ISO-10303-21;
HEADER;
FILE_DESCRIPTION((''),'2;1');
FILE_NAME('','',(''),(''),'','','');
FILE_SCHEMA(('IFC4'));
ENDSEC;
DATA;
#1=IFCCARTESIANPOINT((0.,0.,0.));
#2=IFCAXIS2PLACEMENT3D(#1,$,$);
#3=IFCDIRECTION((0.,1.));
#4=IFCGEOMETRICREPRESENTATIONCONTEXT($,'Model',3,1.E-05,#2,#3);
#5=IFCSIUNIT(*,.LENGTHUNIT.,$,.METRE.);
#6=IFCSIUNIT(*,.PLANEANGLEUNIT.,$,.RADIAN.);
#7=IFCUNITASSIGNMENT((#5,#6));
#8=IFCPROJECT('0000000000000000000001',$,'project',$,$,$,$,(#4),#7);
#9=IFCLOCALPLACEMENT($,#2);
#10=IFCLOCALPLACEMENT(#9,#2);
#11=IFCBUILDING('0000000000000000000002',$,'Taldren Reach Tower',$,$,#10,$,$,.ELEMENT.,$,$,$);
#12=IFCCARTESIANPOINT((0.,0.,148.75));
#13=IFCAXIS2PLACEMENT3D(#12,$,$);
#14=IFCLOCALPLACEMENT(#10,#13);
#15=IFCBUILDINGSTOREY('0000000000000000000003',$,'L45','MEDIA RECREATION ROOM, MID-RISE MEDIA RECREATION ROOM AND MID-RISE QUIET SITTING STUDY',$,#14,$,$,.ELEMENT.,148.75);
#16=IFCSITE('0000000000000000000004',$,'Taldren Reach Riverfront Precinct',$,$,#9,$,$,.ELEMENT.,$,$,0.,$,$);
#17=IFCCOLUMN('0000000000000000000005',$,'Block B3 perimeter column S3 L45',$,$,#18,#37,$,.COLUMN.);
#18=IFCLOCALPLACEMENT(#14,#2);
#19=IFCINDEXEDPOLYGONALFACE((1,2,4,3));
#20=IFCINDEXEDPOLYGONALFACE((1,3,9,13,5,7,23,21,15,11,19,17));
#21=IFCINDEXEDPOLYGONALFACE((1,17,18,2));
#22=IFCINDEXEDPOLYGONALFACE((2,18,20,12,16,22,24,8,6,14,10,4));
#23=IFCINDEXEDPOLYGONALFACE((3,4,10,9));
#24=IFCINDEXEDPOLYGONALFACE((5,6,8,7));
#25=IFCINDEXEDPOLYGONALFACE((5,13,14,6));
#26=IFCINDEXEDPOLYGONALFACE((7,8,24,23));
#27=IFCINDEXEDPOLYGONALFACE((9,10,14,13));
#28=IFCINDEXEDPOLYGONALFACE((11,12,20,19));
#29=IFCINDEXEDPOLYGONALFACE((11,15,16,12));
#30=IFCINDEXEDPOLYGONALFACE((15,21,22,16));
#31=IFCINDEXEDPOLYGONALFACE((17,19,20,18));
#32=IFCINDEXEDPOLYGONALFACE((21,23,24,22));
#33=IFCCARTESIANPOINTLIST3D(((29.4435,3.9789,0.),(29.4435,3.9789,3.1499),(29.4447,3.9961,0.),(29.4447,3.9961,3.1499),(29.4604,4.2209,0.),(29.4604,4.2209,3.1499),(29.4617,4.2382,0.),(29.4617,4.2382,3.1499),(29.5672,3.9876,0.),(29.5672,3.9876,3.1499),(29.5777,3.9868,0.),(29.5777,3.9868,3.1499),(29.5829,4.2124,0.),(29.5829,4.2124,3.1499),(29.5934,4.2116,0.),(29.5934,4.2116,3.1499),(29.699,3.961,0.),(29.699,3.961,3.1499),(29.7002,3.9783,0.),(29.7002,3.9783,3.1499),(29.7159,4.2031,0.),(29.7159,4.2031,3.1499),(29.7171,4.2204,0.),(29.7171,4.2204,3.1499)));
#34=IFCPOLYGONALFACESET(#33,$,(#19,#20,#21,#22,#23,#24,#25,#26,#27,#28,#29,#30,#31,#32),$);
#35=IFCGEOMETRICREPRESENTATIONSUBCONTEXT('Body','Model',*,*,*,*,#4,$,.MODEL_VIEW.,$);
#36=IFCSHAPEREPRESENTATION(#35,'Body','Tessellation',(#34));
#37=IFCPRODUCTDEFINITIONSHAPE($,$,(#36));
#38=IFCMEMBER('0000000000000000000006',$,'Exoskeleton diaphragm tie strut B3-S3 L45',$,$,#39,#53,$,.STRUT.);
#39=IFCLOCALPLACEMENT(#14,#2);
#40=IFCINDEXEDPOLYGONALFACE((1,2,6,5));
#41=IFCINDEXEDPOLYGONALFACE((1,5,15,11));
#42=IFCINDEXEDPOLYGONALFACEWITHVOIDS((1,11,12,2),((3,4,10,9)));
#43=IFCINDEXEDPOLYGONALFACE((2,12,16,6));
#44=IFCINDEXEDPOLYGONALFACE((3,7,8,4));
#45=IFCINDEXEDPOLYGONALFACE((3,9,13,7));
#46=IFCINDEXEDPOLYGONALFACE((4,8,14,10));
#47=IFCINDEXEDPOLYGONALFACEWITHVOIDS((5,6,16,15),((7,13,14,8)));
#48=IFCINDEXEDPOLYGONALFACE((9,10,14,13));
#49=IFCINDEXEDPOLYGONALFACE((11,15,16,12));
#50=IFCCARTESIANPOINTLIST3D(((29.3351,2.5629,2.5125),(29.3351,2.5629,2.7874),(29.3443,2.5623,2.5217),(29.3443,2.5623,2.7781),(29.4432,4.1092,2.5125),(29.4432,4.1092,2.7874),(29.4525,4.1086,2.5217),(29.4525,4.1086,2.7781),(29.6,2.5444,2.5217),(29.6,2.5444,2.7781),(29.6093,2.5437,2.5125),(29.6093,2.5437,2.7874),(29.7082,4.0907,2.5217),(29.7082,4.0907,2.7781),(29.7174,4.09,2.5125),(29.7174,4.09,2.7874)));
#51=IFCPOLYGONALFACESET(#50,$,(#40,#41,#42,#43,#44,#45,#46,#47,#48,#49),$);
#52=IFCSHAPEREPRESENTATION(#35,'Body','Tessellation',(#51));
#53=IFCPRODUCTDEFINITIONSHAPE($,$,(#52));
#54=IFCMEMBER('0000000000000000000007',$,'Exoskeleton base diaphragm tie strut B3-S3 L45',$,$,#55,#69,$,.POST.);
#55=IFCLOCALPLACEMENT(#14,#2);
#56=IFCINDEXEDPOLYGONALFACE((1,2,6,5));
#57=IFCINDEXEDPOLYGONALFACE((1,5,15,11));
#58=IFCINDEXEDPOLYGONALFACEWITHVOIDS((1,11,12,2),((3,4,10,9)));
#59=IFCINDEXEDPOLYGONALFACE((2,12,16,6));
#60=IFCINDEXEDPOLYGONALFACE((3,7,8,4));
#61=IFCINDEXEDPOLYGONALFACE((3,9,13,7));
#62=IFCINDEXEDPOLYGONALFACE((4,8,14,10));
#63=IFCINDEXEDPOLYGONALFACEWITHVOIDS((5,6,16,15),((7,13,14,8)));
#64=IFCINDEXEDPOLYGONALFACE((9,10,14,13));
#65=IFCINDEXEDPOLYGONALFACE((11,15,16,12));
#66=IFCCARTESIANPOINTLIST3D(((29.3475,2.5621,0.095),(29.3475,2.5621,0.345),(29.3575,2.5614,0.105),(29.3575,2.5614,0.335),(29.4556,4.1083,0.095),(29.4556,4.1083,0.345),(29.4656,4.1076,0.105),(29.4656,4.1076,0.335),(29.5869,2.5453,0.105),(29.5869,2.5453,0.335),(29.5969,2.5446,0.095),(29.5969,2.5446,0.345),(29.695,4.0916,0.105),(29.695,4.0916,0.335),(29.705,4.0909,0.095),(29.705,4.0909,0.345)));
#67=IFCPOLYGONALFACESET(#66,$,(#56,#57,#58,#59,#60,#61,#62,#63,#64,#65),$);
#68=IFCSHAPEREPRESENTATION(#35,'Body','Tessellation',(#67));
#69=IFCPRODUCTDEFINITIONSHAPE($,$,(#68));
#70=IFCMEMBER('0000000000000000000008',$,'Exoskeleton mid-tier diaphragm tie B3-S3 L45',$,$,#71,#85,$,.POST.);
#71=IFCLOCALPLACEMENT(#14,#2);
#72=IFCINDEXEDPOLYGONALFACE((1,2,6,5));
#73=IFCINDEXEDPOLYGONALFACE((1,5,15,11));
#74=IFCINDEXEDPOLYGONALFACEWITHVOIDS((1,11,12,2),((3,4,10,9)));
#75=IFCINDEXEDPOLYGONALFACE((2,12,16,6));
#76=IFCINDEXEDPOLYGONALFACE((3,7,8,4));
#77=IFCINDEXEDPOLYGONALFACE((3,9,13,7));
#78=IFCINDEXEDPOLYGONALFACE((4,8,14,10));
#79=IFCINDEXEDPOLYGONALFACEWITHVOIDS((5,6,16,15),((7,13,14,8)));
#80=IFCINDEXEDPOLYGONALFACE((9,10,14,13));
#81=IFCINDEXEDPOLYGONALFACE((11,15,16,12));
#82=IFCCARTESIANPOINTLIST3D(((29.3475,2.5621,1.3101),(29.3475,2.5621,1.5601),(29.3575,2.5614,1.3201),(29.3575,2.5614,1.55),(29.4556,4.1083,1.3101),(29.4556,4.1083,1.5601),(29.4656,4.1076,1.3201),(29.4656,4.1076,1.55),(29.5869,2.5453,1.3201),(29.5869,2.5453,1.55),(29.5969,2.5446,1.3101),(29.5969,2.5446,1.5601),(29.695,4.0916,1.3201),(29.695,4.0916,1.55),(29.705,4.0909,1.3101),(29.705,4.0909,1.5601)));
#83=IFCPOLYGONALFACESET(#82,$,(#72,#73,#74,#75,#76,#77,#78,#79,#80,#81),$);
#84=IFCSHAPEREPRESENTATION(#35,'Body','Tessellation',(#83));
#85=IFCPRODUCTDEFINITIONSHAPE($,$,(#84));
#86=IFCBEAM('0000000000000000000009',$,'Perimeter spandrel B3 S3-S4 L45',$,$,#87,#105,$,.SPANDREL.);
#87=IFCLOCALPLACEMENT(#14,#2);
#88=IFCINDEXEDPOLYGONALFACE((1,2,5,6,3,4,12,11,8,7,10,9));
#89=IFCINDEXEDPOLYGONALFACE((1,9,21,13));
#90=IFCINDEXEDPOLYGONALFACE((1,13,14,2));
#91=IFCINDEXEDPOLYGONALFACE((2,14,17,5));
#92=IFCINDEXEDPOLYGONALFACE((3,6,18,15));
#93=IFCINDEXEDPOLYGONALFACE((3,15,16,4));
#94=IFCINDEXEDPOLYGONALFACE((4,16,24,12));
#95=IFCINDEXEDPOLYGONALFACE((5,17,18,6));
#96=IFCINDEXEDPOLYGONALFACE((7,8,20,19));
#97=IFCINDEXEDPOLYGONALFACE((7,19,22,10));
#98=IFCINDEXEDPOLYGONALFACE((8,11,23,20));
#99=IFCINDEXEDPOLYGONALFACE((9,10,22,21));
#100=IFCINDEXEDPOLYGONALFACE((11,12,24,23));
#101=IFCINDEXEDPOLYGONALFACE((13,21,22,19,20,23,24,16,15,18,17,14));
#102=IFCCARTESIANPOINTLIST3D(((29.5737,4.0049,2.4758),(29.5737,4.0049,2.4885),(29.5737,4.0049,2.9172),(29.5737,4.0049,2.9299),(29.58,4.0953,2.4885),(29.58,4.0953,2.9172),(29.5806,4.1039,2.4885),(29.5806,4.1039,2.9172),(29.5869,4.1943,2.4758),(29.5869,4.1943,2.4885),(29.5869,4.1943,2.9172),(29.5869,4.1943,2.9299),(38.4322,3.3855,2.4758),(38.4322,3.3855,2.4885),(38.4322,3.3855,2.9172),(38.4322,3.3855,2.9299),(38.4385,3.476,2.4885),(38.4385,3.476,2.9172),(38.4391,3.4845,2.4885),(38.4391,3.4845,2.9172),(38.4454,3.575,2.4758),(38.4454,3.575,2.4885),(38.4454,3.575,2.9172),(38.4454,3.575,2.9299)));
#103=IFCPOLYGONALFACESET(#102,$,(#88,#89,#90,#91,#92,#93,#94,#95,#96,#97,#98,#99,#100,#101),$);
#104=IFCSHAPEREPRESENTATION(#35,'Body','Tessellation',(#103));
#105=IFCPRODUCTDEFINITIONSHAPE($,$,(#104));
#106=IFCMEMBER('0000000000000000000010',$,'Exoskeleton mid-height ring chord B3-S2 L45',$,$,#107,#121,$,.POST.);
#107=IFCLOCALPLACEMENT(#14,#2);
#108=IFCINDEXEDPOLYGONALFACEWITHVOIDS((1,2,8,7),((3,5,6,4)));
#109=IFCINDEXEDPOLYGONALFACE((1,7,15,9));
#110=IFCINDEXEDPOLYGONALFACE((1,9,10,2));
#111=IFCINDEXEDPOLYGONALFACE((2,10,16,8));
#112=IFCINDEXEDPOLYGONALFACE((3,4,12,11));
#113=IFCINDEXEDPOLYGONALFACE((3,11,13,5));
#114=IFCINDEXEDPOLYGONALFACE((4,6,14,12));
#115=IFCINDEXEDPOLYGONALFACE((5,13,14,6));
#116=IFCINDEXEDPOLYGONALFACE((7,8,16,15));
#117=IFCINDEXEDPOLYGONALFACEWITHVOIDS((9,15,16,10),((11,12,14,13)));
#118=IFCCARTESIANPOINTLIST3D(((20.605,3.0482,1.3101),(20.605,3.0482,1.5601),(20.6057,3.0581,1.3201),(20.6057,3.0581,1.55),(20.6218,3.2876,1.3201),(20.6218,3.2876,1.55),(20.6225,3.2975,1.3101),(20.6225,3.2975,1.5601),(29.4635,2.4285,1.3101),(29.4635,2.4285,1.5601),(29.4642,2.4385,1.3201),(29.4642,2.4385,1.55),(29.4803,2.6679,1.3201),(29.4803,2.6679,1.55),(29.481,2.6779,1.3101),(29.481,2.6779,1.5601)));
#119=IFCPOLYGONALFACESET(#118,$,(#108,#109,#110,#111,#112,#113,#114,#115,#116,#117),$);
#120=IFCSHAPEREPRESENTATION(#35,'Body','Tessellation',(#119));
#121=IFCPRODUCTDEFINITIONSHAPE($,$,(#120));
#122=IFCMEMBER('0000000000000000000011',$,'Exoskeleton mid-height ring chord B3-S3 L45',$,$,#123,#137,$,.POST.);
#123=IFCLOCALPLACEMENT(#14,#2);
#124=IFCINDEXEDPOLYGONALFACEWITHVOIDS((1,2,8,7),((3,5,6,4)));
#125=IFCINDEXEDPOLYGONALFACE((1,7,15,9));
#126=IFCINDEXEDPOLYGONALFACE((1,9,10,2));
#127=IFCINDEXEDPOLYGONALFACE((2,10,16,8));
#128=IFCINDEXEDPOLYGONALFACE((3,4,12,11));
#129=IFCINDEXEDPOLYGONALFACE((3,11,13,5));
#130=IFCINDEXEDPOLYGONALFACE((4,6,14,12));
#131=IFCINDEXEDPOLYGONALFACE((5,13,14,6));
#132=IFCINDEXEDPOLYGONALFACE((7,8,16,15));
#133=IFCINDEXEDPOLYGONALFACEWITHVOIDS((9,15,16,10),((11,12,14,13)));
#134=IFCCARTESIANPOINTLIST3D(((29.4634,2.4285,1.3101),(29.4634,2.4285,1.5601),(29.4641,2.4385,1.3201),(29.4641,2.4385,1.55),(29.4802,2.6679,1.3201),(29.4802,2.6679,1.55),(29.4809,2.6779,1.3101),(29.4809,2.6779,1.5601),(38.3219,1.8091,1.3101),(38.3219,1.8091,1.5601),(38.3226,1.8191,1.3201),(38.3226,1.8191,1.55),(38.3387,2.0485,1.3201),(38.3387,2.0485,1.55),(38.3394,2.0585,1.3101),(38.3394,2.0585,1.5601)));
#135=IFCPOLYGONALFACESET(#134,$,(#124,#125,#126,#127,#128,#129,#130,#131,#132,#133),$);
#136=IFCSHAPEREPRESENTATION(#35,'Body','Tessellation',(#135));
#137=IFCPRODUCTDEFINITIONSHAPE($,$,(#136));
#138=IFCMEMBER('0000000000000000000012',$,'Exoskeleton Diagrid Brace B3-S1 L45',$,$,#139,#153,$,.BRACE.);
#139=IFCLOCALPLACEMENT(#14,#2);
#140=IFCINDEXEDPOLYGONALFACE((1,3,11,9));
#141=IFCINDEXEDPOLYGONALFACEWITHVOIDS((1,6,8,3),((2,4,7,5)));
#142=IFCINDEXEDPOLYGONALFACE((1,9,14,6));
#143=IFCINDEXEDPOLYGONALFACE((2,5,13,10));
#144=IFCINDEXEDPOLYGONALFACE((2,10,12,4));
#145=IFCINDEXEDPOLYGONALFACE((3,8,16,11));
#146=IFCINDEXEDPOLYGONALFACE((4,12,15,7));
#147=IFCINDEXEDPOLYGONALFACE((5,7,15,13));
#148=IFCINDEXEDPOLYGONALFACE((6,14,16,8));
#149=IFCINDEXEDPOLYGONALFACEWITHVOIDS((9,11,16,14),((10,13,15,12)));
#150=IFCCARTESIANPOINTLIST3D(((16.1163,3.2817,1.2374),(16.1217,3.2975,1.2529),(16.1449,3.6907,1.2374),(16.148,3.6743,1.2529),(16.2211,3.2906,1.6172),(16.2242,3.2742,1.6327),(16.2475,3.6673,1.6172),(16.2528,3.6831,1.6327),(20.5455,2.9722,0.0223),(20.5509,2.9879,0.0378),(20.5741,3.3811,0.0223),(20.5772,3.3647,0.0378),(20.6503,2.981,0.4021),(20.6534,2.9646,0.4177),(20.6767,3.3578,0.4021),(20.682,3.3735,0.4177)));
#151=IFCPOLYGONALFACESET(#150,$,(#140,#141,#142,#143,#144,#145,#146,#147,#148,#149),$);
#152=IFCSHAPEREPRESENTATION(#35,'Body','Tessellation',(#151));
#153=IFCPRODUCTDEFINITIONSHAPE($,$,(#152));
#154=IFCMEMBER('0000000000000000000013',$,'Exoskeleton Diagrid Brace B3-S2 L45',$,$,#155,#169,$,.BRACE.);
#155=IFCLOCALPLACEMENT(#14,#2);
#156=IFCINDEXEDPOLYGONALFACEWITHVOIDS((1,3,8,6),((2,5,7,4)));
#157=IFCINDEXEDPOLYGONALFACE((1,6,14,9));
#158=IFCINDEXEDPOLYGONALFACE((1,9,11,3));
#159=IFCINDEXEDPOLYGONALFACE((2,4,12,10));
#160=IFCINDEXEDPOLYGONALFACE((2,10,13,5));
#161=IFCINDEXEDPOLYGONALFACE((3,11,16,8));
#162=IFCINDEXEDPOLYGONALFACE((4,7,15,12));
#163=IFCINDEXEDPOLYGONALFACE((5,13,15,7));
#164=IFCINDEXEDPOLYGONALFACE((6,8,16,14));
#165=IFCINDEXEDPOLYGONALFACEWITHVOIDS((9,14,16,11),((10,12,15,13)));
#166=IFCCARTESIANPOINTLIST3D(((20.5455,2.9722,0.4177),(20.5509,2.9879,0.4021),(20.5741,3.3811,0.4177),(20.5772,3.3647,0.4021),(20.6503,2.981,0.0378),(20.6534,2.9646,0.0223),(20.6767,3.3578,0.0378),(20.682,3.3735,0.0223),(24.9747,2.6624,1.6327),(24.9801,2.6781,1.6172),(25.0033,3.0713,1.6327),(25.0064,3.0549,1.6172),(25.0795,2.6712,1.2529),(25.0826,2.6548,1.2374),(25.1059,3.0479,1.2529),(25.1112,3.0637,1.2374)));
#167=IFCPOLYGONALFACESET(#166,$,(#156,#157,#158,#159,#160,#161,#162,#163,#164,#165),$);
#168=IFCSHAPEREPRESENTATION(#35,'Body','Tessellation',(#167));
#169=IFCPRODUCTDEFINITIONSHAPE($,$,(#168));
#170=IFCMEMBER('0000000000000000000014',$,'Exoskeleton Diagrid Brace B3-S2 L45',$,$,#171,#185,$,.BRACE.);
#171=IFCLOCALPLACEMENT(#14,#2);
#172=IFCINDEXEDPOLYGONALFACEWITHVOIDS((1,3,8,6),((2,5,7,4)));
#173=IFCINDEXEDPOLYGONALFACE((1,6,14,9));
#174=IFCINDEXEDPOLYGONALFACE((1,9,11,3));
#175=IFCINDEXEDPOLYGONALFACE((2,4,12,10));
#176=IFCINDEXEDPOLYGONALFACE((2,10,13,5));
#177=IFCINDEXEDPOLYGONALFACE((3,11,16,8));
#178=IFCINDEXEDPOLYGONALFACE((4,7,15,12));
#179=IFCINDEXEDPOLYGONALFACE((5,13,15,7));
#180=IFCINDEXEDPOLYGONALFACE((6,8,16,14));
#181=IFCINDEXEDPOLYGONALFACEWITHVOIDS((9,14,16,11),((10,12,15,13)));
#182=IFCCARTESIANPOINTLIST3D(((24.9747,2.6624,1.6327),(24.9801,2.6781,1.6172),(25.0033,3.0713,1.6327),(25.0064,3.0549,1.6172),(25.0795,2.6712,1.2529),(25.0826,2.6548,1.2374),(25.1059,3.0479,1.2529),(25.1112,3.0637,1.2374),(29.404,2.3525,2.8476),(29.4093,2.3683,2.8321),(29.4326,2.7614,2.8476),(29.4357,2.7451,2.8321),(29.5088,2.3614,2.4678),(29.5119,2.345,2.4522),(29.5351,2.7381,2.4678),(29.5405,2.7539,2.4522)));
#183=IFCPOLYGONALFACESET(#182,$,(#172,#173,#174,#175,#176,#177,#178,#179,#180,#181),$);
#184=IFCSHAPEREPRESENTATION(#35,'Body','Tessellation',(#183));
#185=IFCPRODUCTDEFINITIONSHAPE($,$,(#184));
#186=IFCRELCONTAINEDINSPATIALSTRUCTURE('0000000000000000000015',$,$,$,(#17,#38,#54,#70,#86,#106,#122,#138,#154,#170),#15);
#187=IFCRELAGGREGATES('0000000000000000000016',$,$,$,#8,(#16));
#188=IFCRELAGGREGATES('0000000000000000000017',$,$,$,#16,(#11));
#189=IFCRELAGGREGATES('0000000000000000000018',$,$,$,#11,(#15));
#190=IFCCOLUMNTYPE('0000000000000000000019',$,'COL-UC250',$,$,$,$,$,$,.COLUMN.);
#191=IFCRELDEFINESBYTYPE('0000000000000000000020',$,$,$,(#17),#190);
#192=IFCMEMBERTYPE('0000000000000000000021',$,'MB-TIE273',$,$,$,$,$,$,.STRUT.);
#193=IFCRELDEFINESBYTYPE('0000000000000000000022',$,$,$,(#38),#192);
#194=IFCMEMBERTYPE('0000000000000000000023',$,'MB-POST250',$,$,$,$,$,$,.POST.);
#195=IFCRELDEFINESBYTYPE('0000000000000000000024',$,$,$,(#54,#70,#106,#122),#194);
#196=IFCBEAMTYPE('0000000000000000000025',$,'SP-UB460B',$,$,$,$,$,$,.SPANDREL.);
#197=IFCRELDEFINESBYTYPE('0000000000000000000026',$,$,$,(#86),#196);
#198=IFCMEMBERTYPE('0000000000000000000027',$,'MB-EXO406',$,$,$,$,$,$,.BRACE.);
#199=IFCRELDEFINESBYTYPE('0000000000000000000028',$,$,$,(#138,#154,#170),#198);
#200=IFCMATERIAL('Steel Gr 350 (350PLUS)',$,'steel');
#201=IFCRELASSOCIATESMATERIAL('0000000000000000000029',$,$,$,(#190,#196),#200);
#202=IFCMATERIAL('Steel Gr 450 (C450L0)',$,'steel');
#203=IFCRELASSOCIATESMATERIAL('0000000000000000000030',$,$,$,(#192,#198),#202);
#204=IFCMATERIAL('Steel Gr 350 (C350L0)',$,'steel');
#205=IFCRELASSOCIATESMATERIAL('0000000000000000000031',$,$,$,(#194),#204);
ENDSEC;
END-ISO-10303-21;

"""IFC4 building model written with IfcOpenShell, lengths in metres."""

from ifc_helpers import new_model, si_unit, direction, frame, origin, origin_2d, place, context, subcontext, project, spatial, hollow_rectangle, i_section, extrude, source, transform, mapped, material, material_profile, profile_set, type_object, element, save


model = new_model("IFC4")

# Units and contexts
model_context = context("Model", 3, precision=1e-05, world=origin(), true_north=direction((0.0, 1.0)))
body_context = subcontext(model_context, "Body", "Model", "MODEL_VIEW")
ifc_project = project(units=[si_unit("LENGTHUNIT", "METRE"), si_unit("PLANEANGLEUNIT", "RADIAN")], contexts=[model_context])

# Site, building, storey
site_placement = place(None, origin())
site = spatial("IfcSite", under=ifc_project, at=site_placement, Name="Taldren Reach Riverfront Precinct", CompositionType="ELEMENT", RefElevation=0.0)
building_placement = place(site_placement, origin())
building = spatial("IfcBuilding", under=site, at=building_placement, Name="Taldren Reach Tower", CompositionType="ELEMENT")
storey_placement = place(building_placement, frame((0.0, 0.0, 148.75)))
storey = spatial("IfcBuildingStorey", under=building, at=storey_placement, Name="L45", Description="MEDIA RECREATION ROOM, MID-RISE MEDIA RECREATION ROOM AND MID-RISE QUIET SITTING STUDY", CompositionType="ELEMENT", Elevation=148.75)

# Column
ifc_material_1 = material(Name="Steel Gr 350 (350PLUS)", Category="steel")
ifc_material_profile_1 = material_profile(ifc_material_1, i_section(OverallWidth=0.2561, OverallDepth=0.26, WebThickness=0.0105, FlangeThickness=0.0173, at=origin_2d()), Name="250UC89.5")
ifc_profile_set_1 = profile_set([ifc_material_profile_1], Name="Steel Gr 350 (350PLUS)")
column_type = type_object("IfcColumnType", Name="COL-UC250", PredefinedType="COLUMN", material=ifc_profile_set_1)
shared_shape_1 = source(origin(), body_context, "Body", "SweptSolid", [
    extrude(i_section(OverallWidth=0.2561, OverallDepth=0.26, WebThickness=0.0105, FlangeThickness=0.0173, at=origin_2d()), origin(), (0.0, 0.0, 1.0), 3.1499),
])
column_placement = place(storey_placement, frame((29.5803, 4.0996, 0.0), z_axis=(0.0, 0.0, 1.0), x_axis=(0.997564, -0.069756, 0.0)))
element("IfcColumn", 1, at=column_placement, inside=storey, type_object=column_type, Name="Block B3 perimeter column S3 L45", PredefinedType="COLUMN", context=body_context, shape_type="MappedRepresentation", body=[
    mapped(shared_shape_1, transform((0.0, 0.0, 0.0), scale=1.0)),
])

# Members
ifc_material_2 = material(Name="Steel Gr 450 (C450L0)", Category="steel")
ifc_material_profile_2 = material_profile(ifc_material_2, hollow_rectangle(XDim=0.2749, YDim=0.2749, WallThickness=0.0093, at=origin_2d()), Name="275x275x9.3SHS")
ifc_profile_set_2 = profile_set([ifc_material_profile_2], Name="Steel Gr 450 (C450L0)")
member_type_1 = type_object("IfcMemberType", Name="MB-TIE273", PredefinedType="STRUT", material=ifc_profile_set_2)
shared_shape_2 = source(origin(), body_context, "Body", "SweptSolid", [
    extrude(hollow_rectangle(XDim=0.2749, YDim=0.2749, WallThickness=0.0093, at=origin_2d()), origin(), (0.0, 0.0, 1.0), 1.55),
])
member_1_placement = place(storey_placement, frame((29.5803, 4.0996, 2.6499), z_axis=(-0.06977, -0.997563, 0.0), x_axis=(0.997563, -0.06977, 0.0)))
element("IfcMember", 2, at=member_1_placement, inside=storey, type_object=member_type_1, Name="Exoskeleton diaphragm tie strut B3-S3 L45", PredefinedType="STRUT", context=body_context, shape_type="MappedRepresentation", body=[
    mapped(shared_shape_2, transform((0.0, 0.0, 0.0), scale=1.0)),
])
ifc_material_3 = material(Name="Steel Gr 350 (C350L0)", Category="steel")
ifc_material_profile_3 = material_profile(ifc_material_3, hollow_rectangle(XDim=0.25, YDim=0.25, WallThickness=0.01, at=origin_2d()), Name="250x250x10.0SHS")
ifc_profile_set_3 = profile_set([ifc_material_profile_3], Name="Steel Gr 350 (C350L0)")
member_type_2 = type_object("IfcMemberType", Name="MB-POST250", PredefinedType="POST", material=ifc_profile_set_3)
shared_shape_3 = source(origin(), body_context, "Body", "SweptSolid", [
    extrude(hollow_rectangle(XDim=0.25, YDim=0.25, WallThickness=0.01, at=origin_2d()), origin(), (0.0, 0.0, 1.0), 1.55),
])
for number, where, z_axis, x_axis, name in (
    (3, (29.5803, 4.0996, 0.22), (-0.06977, -0.997563, 0.0), (0.997563, -0.06977, 0.0), "Exoskeleton base diaphragm tie strut B3-S3 L45"),
    (4, (29.5803, 4.0996, 1.4351), (-0.06977, -0.997563, 0.0), (0.997563, -0.06977, 0.0), "Exoskeleton mid-tier diaphragm tie B3-S3 L45"),
):
    element("IfcMember", number, at=place(storey_placement, frame(where, z_axis=z_axis, x_axis=x_axis)), inside=storey, type_object=member_type_2, Name=name, PredefinedType="POST", context=body_context, shape_type="MappedRepresentation", body=[
        mapped(shared_shape_3, transform((0.0, 0.0, 0.0), scale=1.0)),
    ])

# Beam
ifc_material_profile_4 = material_profile(ifc_material_1, i_section(OverallWidth=0.1899, OverallDepth=0.4541, WebThickness=0.0085, FlangeThickness=0.0127, at=origin_2d()), Name="460UB67.1")
ifc_profile_set_4 = profile_set([ifc_material_profile_4], Name="Steel Gr 350 (350PLUS)")
beam_type = type_object("IfcBeamType", Name="SP-UB460B", PredefinedType="SPANDREL", material=ifc_profile_set_4)
shared_shape_4 = source(origin(), body_context, "Body", "SweptSolid", [
    extrude(i_section(OverallWidth=0.1899, OverallDepth=0.4541, WebThickness=0.0085, FlangeThickness=0.0127, at=origin_2d()), origin(), (0.0, 0.0, 1.0), 8.8801),
])
beam_placement = place(storey_placement, frame((29.5803, 4.0996, 2.7029), z_axis=(0.997564, -0.06975, 0.0), x_axis=(0.06975, 0.997564, 0.0)))
element("IfcBeam", 5, at=beam_placement, inside=storey, type_object=beam_type, Name="Perimeter spandrel B3 S3-S4 L45", PredefinedType="SPANDREL", context=body_context, shape_type="MappedRepresentation", body=[
    mapped(shared_shape_4, transform((0.0, 0.0, 0.0), scale=1.0)),
])

# Members
shared_shape_5 = source(origin(), body_context, "Body", "SweptSolid", [
    extrude(hollow_rectangle(XDim=0.25, YDim=0.25, WallThickness=0.01, at=origin_2d()), origin(), (0.0, 0.0, 1.0), 8.8801),
])
for number, where, z_axis, x_axis, name in (
    (6, (20.6138, 3.1729, 1.4351), (0.997563, -0.069778, 0.0), (0.069778, 0.997563, 0.0), "Exoskeleton mid-height ring chord B3-S2 L45"),
    (7, (29.4722, 2.5532, 1.4351), (0.997564, -0.06975, 0.0), (0.06975, 0.997564, 0.0), "Exoskeleton mid-height ring chord B3-S3 L45"),
):
    element("IfcMember", number, at=place(storey_placement, frame(where, z_axis=z_axis, x_axis=x_axis)), inside=storey, type_object=member_type_2, Name=name, PredefinedType="POST", context=body_context, shape_type="MappedRepresentation", body=[
        mapped(shared_shape_5, transform((0.0, 0.0, 0.0), scale=1.0)),
    ])
ifc_material_profile_5 = material_profile(ifc_material_2, hollow_rectangle(XDim=0.4099, YDim=0.4099, WallThickness=0.0161, at=origin_2d()), Name="410x410x16.0SHS")
ifc_profile_set_5 = profile_set([ifc_material_profile_5], Name="Steel Gr 450 (C450L0)")
member_type_3 = type_object("IfcMemberType", Name="MB-EXO406", PredefinedType="BRACE", material=ifc_profile_set_5)
shared_shape_6 = source(origin(), body_context, "Body", "SweptSolid", [
    extrude(hollow_rectangle(XDim=0.4099, YDim=0.4099, WallThickness=0.0161, at=origin_2d()), origin(), (0.0, 0.0, 1.0), 4.6033),
])
for number, where, z_axis, x_axis, name in (
    (8, (20.6138, 3.1729, 0.22), (-0.962186, 0.06725, 0.263962), (-0.069723, -0.997566, 0.0), "Exoskeleton Diagrid Brace B3-S1 L45"),
    (9, (20.6138, 3.1729, 0.22), (0.962182, -0.067303, 0.263961), (0.069778, 0.997563, 0.0), "Exoskeleton Diagrid Brace B3-S2 L45"),
    (10, (25.043, 2.863, 1.4351), (0.962196, -0.067304, 0.263912), (0.069778, 0.997563, 0.0), "Exoskeleton Diagrid Brace B3-S2 L45"),
):
    element("IfcMember", number, at=place(storey_placement, frame(where, z_axis=z_axis, x_axis=x_axis)), inside=storey, type_object=member_type_3, Name=name, PredefinedType="BRACE", context=body_context, shape_type="MappedRepresentation", body=[
        mapped(shared_shape_6, transform((0.0, 0.0, 0.0), scale=1.0)),
    ])

save(model, "model.ifc")
